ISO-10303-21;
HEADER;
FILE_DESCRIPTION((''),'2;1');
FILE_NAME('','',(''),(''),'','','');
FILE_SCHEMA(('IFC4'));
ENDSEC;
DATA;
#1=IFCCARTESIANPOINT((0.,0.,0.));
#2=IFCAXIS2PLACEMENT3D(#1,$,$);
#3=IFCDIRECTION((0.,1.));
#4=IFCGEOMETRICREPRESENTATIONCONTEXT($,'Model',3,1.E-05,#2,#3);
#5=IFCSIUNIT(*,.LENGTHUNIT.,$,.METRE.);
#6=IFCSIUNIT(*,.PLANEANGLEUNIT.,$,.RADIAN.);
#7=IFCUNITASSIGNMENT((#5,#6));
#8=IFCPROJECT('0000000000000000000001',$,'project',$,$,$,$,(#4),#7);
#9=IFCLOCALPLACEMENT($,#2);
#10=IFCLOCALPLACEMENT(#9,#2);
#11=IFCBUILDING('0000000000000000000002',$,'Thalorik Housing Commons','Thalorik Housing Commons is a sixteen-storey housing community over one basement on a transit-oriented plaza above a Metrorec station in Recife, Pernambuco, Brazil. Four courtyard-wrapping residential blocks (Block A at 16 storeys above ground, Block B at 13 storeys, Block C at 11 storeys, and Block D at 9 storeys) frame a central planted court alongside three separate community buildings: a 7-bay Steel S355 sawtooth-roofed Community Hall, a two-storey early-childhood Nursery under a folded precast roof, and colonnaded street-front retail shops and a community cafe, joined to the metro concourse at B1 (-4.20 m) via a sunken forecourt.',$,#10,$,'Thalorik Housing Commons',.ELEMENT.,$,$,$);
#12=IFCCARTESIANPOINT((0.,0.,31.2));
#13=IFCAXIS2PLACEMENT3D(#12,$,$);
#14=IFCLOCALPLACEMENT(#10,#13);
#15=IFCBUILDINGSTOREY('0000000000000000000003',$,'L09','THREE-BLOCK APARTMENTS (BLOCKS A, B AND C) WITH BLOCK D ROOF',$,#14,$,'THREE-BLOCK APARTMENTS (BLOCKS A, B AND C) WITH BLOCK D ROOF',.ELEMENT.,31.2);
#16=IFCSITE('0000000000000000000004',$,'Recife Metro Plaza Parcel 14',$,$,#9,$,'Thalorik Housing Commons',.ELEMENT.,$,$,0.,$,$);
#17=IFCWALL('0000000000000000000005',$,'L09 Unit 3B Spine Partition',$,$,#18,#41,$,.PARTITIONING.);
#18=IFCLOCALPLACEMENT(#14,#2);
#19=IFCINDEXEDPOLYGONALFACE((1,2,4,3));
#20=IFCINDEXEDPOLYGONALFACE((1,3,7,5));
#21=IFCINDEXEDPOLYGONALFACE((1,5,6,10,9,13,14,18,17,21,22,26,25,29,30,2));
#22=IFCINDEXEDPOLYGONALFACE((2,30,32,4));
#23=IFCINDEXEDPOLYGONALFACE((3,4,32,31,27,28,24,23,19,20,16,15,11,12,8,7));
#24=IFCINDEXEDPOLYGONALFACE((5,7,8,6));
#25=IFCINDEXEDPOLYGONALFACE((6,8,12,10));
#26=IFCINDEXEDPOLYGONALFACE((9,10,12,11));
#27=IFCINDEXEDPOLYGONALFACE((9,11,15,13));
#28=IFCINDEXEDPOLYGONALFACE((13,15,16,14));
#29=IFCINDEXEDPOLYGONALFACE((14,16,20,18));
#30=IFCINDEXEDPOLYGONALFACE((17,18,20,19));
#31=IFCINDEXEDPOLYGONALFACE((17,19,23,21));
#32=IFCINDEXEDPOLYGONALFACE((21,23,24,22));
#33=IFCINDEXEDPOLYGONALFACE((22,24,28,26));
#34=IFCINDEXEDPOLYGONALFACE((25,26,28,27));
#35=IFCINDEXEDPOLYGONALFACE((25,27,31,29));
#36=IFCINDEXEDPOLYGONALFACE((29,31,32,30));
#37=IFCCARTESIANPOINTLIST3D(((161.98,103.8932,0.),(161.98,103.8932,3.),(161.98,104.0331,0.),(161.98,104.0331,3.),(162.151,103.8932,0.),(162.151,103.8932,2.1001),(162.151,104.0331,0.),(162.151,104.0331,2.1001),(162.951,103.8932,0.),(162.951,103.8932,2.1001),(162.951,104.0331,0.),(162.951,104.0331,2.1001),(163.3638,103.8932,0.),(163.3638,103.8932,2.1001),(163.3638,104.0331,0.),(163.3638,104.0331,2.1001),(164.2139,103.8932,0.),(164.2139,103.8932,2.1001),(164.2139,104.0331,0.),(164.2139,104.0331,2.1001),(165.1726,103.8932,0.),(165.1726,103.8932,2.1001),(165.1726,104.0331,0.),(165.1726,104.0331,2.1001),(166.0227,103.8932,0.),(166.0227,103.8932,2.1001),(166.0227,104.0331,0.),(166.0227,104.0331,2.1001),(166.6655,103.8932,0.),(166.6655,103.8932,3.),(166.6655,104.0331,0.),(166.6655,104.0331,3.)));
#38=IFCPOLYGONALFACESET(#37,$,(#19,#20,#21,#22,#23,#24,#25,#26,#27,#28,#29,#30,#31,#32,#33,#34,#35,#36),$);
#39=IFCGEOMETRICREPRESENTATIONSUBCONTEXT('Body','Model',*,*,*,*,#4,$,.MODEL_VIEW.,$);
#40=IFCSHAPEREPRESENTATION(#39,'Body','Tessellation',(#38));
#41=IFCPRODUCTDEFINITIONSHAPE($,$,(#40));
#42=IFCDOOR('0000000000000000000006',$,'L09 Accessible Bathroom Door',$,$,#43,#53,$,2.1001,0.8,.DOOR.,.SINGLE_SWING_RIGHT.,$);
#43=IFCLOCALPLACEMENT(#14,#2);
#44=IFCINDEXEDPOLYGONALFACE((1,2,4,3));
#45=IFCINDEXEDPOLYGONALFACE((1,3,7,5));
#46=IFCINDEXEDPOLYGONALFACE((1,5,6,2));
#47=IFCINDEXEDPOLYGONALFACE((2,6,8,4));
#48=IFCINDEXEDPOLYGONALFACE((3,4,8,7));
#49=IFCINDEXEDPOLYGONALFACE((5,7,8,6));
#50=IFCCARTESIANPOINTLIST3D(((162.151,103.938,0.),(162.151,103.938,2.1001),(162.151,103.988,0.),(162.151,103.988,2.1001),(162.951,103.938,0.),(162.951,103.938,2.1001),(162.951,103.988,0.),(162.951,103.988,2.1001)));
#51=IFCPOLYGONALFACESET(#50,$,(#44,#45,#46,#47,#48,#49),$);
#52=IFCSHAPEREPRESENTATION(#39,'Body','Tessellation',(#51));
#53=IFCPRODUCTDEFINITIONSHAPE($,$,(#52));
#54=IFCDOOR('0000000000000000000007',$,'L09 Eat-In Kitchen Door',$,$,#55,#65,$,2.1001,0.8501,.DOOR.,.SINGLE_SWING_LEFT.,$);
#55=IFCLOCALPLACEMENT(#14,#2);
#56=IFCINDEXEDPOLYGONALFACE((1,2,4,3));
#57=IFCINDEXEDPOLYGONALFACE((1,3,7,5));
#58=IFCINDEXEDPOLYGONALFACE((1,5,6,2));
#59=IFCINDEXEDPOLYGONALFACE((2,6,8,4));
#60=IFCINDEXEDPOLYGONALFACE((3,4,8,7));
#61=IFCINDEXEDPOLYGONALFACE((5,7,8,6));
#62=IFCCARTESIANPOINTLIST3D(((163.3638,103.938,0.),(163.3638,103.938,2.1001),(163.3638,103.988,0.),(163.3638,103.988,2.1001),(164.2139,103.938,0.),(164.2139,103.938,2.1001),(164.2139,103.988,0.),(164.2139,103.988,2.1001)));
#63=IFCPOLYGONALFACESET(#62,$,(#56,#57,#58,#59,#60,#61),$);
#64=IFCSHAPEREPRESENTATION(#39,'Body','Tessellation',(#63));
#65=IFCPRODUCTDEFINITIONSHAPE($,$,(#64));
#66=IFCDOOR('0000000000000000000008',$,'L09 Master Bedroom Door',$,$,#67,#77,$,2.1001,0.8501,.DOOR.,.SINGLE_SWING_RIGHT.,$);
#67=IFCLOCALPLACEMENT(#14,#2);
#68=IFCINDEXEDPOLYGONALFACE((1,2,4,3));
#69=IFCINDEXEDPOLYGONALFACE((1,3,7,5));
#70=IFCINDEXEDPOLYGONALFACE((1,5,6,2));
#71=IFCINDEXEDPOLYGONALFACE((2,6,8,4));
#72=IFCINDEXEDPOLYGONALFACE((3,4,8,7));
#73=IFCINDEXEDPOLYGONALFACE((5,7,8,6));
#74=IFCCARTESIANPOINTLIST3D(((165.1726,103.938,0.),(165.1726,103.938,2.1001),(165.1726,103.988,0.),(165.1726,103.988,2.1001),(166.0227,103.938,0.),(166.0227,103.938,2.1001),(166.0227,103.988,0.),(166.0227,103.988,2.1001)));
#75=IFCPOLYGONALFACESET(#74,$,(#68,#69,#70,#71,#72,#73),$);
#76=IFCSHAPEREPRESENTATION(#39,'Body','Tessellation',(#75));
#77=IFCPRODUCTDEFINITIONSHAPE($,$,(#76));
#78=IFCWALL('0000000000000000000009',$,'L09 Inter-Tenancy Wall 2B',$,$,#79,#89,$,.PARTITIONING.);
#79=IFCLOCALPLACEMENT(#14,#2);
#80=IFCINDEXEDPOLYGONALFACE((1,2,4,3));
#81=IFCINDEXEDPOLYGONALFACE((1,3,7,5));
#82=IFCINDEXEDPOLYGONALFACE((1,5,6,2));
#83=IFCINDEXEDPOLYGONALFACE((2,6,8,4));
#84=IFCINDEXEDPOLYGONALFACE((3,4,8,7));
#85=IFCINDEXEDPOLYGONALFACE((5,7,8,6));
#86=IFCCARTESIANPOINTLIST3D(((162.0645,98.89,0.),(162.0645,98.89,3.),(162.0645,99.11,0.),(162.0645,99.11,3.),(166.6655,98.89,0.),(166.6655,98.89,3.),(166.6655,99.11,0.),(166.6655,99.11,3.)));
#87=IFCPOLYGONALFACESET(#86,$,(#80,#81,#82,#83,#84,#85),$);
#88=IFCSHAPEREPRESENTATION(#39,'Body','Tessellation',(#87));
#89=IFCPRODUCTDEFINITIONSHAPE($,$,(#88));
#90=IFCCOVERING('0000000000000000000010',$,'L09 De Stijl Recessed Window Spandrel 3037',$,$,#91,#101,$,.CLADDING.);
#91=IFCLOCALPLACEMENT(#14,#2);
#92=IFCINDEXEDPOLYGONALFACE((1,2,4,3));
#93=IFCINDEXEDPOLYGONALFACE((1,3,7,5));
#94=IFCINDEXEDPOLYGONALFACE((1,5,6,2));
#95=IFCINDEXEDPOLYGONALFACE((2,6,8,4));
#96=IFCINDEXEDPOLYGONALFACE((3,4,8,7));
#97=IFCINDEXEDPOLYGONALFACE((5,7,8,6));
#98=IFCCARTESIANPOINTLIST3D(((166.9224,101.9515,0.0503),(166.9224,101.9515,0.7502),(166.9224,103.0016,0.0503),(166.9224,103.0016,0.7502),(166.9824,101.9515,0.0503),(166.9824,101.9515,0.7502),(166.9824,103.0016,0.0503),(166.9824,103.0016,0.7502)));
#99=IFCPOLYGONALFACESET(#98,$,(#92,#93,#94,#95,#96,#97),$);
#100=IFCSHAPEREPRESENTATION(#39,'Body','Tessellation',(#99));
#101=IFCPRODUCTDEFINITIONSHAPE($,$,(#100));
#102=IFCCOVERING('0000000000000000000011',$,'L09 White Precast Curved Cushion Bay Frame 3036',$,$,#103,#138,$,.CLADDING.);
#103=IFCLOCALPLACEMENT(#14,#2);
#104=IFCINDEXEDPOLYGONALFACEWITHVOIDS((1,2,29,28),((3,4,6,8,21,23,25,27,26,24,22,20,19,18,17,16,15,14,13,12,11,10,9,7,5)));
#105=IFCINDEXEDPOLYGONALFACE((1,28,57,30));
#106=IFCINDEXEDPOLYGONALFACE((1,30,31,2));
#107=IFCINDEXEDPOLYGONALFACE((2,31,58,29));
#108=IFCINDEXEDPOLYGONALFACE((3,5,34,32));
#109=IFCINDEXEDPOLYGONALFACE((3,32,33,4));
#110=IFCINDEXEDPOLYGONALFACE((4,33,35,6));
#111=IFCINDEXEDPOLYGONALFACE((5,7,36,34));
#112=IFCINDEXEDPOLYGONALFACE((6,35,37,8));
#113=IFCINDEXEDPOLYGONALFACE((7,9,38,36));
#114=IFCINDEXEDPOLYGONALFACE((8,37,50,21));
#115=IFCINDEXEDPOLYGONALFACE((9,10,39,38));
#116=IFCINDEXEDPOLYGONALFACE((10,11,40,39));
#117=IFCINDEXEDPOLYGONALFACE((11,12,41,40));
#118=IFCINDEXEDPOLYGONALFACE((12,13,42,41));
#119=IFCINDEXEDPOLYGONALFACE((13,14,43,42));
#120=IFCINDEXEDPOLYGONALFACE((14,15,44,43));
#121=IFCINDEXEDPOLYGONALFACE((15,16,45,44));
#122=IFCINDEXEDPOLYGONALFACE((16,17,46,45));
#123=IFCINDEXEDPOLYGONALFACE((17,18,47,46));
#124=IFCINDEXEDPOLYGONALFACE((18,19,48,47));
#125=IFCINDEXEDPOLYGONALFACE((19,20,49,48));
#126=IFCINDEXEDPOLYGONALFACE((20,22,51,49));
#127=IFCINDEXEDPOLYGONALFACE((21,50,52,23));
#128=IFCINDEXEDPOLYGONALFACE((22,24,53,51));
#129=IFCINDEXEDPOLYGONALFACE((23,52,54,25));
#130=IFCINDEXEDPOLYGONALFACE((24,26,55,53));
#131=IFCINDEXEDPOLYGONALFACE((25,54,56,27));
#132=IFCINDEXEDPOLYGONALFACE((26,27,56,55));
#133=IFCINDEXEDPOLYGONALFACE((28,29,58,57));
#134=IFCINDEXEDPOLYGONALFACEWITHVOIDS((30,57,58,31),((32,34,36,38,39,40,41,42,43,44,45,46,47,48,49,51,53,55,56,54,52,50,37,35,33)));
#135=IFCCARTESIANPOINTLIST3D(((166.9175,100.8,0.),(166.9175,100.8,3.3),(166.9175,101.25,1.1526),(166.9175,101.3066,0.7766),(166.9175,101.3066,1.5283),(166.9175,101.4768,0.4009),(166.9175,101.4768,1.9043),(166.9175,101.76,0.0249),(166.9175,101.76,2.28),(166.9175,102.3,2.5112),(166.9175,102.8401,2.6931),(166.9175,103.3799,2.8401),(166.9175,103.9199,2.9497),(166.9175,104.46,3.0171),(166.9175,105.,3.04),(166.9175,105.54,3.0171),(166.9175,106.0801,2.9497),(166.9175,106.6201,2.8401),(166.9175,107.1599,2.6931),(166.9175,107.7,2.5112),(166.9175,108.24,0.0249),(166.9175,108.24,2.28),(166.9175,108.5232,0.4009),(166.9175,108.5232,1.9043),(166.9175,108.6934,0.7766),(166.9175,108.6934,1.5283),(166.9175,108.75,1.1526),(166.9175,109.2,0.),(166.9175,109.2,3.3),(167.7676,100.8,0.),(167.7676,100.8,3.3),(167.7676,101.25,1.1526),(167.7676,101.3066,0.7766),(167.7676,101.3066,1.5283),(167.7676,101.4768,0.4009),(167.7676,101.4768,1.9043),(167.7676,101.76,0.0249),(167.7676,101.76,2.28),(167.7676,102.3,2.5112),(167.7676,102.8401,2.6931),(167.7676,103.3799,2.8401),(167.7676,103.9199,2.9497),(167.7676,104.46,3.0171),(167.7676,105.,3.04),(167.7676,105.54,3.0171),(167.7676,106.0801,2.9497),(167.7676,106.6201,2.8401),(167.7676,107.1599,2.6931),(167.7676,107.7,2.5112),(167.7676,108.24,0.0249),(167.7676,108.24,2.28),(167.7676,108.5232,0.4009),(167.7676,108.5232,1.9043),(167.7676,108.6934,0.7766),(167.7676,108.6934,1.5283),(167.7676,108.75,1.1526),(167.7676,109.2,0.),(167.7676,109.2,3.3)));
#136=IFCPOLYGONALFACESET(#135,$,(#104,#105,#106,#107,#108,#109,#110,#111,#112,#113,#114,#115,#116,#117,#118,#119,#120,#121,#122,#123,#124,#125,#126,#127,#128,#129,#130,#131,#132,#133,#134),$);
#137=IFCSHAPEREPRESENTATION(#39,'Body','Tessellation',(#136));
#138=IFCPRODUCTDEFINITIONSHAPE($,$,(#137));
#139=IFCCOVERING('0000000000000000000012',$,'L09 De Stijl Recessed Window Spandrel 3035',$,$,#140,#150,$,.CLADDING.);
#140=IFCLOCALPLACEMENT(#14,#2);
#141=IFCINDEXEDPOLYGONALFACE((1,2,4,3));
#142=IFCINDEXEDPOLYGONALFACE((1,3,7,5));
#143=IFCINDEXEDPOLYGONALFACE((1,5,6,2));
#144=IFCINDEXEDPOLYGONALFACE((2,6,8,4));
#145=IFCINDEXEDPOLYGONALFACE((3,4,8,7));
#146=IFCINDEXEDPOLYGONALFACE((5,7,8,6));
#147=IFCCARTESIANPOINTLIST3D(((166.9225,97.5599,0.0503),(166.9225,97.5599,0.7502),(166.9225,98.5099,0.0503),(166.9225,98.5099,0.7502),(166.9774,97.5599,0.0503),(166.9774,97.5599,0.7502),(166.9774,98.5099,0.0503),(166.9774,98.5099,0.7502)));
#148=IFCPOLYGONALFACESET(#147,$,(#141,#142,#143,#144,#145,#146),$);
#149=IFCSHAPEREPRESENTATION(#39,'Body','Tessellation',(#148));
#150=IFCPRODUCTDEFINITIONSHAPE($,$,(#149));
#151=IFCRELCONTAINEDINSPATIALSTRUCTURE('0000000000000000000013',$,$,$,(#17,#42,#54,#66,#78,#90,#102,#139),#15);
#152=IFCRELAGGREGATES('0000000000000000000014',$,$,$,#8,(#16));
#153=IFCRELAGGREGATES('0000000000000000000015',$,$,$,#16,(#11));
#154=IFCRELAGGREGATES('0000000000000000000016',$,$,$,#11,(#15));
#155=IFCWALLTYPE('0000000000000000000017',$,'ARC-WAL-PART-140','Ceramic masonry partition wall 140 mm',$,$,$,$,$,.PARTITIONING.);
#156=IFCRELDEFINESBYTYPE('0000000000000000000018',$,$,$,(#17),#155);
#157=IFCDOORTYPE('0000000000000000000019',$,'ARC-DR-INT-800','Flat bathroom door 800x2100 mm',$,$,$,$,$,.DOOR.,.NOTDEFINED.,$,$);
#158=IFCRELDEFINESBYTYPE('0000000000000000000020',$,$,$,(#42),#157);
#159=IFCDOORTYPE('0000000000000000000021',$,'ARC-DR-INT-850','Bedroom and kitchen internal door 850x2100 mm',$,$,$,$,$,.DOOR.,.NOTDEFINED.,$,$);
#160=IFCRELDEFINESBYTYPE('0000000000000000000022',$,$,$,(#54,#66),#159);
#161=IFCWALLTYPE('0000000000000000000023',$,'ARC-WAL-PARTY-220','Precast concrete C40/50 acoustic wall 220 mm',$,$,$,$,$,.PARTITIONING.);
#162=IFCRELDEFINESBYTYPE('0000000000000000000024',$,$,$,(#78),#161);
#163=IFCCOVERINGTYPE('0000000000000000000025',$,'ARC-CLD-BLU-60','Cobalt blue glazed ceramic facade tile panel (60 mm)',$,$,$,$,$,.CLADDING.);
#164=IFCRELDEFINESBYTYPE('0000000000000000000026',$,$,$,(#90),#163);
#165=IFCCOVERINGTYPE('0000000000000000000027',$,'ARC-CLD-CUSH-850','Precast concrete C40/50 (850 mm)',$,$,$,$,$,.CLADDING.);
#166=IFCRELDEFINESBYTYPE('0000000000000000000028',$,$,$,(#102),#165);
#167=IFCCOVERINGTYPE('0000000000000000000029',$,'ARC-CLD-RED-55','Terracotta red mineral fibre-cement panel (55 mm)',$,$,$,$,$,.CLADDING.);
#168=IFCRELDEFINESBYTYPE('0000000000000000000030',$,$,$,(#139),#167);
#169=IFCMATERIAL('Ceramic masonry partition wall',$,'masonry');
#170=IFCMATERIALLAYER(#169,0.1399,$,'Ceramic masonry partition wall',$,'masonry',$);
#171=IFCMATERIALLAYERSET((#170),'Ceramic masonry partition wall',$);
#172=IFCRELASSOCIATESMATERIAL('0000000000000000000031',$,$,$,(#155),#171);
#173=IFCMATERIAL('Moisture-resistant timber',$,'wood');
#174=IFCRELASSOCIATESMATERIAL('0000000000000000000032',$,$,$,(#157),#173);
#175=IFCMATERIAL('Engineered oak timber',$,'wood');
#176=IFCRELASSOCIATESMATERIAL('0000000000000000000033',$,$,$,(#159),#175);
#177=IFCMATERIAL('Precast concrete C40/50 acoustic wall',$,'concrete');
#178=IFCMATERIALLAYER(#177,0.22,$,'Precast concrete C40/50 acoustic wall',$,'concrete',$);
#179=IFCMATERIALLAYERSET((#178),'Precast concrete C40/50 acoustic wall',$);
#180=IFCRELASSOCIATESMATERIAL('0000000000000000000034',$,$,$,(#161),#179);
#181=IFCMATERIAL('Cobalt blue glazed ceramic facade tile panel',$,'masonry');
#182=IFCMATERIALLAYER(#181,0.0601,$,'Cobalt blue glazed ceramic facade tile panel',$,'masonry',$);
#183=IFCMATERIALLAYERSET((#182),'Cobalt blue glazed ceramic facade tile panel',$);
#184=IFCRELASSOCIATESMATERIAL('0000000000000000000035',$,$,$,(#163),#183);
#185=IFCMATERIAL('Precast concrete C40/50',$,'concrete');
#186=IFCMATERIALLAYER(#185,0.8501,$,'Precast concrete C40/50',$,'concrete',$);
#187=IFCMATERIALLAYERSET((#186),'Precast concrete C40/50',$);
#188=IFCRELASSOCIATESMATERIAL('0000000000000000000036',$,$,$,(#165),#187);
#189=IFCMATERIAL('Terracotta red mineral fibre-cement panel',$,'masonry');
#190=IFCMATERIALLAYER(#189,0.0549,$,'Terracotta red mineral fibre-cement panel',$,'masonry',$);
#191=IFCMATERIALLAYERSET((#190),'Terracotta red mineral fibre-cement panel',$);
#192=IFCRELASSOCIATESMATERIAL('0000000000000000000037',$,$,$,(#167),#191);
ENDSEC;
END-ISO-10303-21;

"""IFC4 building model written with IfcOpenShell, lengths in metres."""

from ifc_helpers import new_model, si_unit, direction, frame, frame_2d, origin, origin_2d, place, context, subcontext, project, spatial, polyline, rectangle, outline, extrude, material, layer, layer_set, type_object, element, fill, save


model = new_model("IFC4")

# Units and contexts
model_context = context("Model", 3, precision=1e-05, world=origin(), true_north=direction((0.0, 1.0)))
body_context = subcontext(model_context, "Body", "Model", "MODEL_VIEW")
ifc_project = project(units=[si_unit("LENGTHUNIT", "METRE"), si_unit("PLANEANGLEUNIT", "RADIAN")], contexts=[model_context])

# Site, building, storey
site_placement = place(None, origin())
site = spatial("IfcSite", under=ifc_project, at=site_placement, Name="Recife Metro Plaza Parcel 14", LongName="Thalorik Housing Commons", CompositionType="ELEMENT", RefElevation=0.0)
building_placement = place(site_placement, origin())
building = spatial("IfcBuilding", under=site, at=building_placement, Name="Thalorik Housing Commons", Description="Thalorik Housing Commons is a sixteen-storey housing community over one basement on a transit-oriented plaza above a Metrorec station in Recife, Pernambuco, Brazil. Four courtyard-wrapping residential blocks (Block A at 16 storeys above ground, Block B at 13 storeys, Block C at 11 storeys, and Block D at 9 storeys) frame a central planted court alongside three separate community buildings: a 7-bay Steel S355 sawtooth-roofed Community Hall, a two-storey early-childhood Nursery under a folded precast roof, and colonnaded street-front retail shops and a community cafe, joined to the metro concourse at B1 (-4.20 m) via a sunken forecourt.", LongName="Thalorik Housing Commons", CompositionType="ELEMENT")
storey_placement = place(building_placement, frame((0.0, 0.0, 31.2)))
storey = spatial("IfcBuildingStorey", under=building, at=storey_placement, Name="L09", Description="THREE-BLOCK APARTMENTS (BLOCKS A, B AND C) WITH BLOCK D ROOF", LongName="THREE-BLOCK APARTMENTS (BLOCKS A, B AND C) WITH BLOCK D ROOF", CompositionType="ELEMENT", Elevation=31.2)

# Shared definitions
ifc_material_1 = material(Name="Precast concrete C40/50", Category="concrete")

# Wall, openings, doors
ifc_material_2 = material(Name="Ceramic masonry partition wall", Category="masonry")
ifc_layer_1 = layer(ifc_material_2, 0.1399, Name="Ceramic masonry partition wall", Category="masonry")
ifc_layer_set_1 = layer_set([ifc_layer_1], Name="Ceramic masonry partition wall")
wall_type_1 = type_object("IfcWallType", Name="ARC-WAL-PART-140", Description="Ceramic masonry partition wall 140 mm", PredefinedType="PARTITIONING", material=ifc_layer_set_1)
wall_1_placement = place(storey_placement, frame((161.98, 103.9631, 0.0), z_axis=(0.0, 0.0, 1.0), x_axis=(1.0, 0.0, 0.0)))
wall_1 = element("IfcWall", 1, at=wall_1_placement, inside=storey, type_object=wall_type_1, Name="L09 Unit 3B Spine Partition", PredefinedType="PARTITIONING", context=body_context, shape_type="SweptSolid", body=[
    extrude(rectangle(XDim=4.6855, YDim=0.1399, at=frame_2d((2.3428, 0.0))), origin(), (0.0, 0.0, 1.0), 3.0),
])
opening_1_placement = place(wall_1_placement, frame((0.1711, 0.0, 0.0)))
opening_1 = element("IfcOpeningElement", 2, at=opening_1_placement, cuts=wall_1, PredefinedType="OPENING", context=body_context, shape_type="SweptSolid", body=[
    extrude(rectangle(XDim=0.8, YDim=2.1001, at=frame_2d((0.3999, 1.05))), frame((0.0, 0.0801, 0.0), z_axis=(0.0, -1.0, 0.0), x_axis=(1.0, 0.0, 0.0)), (0.0, 0.0, 1.0), 0.1599),
])
opening_2_placement = place(wall_1_placement, frame((1.3838, 0.0, 0.0)))
opening_2 = element("IfcOpeningElement", 3, at=opening_2_placement, cuts=wall_1, PredefinedType="OPENING", context=body_context, shape_type="SweptSolid", body=[
    extrude(rectangle(XDim=0.8501, YDim=2.1001, at=frame_2d((0.425, 1.05))), frame((0.0, 0.0801, 0.0), z_axis=(0.0, -1.0, 0.0), x_axis=(1.0, 0.0, 0.0)), (0.0, 0.0, 1.0), 0.1599),
])
opening_3_placement = place(wall_1_placement, frame((3.1926, 0.0, 0.0)))
opening_3 = element("IfcOpeningElement", 4, at=opening_3_placement, cuts=wall_1, PredefinedType="OPENING", context=body_context, shape_type="SweptSolid", body=[
    extrude(rectangle(XDim=0.8501, YDim=2.1001, at=frame_2d((0.425, 1.05))), frame((0.0, 0.0801, 0.0), z_axis=(0.0, -1.0, 0.0), x_axis=(1.0, 0.0, 0.0)), (0.0, 0.0, 1.0), 0.1599),
])
ifc_material_3 = material(Name="Moisture-resistant timber", Category="wood")
door_type_1 = type_object("IfcDoorType", Name="ARC-DR-INT-800", Description="Flat bathroom door 800x2100 mm", OperationType="NOTDEFINED", PredefinedType="DOOR", material=ifc_material_3)
door_1_placement = place(opening_1_placement, origin())
door_1 = element("IfcDoor", 5, at=door_1_placement, inside=storey, type_object=door_type_1, Name="L09 Accessible Bathroom Door", OperationType="SINGLE_SWING_RIGHT", OverallHeight=2.1001, OverallWidth=0.8, PredefinedType="DOOR", context=body_context, shape_type="SweptSolid", body=[
    extrude(rectangle(XDim=0.8, YDim=2.1001, at=frame_2d((0.3999, 1.05))), frame((0.0, 0.0249, 0.0), z_axis=(0.0, -1.0, 0.0), x_axis=(1.0, 0.0, 0.0)), (0.0, 0.0, 1.0), 0.05),
])
fill(opening_1, door_1)
ifc_material_4 = material(Name="Engineered oak timber", Category="wood")
door_type_2 = type_object("IfcDoorType", Name="ARC-DR-INT-850", Description="Bedroom and kitchen internal door 850x2100 mm", OperationType="NOTDEFINED", PredefinedType="DOOR", material=ifc_material_4)
door_2_placement = place(opening_2_placement, origin())
door_2 = element("IfcDoor", 6, at=door_2_placement, inside=storey, type_object=door_type_2, Name="L09 Eat-In Kitchen Door", OperationType="SINGLE_SWING_LEFT", OverallHeight=2.1001, OverallWidth=0.8501, PredefinedType="DOOR", context=body_context, shape_type="SweptSolid", body=[
    extrude(rectangle(XDim=0.8501, YDim=2.1001, at=frame_2d((0.425, 1.05))), frame((0.0, 0.0249, 0.0), z_axis=(0.0, -1.0, 0.0), x_axis=(1.0, 0.0, 0.0)), (0.0, 0.0, 1.0), 0.05),
])
fill(opening_2, door_2)
door_3_placement = place(opening_3_placement, origin())
door_3 = element("IfcDoor", 7, at=door_3_placement, inside=storey, type_object=door_type_2, Name="L09 Master Bedroom Door", OperationType="SINGLE_SWING_RIGHT", OverallHeight=2.1001, OverallWidth=0.8501, PredefinedType="DOOR", context=body_context, shape_type="SweptSolid", body=[
    extrude(rectangle(XDim=0.8501, YDim=2.1001, at=frame_2d((0.425, 1.05))), frame((0.0, 0.0249, 0.0), z_axis=(0.0, -1.0, 0.0), x_axis=(1.0, 0.0, 0.0)), (0.0, 0.0, 1.0), 0.05),
])
fill(opening_3, door_3)

# Wall
ifc_material_5 = material(Name="Precast concrete C40/50 acoustic wall", Category="concrete")
ifc_layer_2 = layer(ifc_material_5, 0.22, Name="Precast concrete C40/50 acoustic wall", Category="concrete")
ifc_layer_set_2 = layer_set([ifc_layer_2], Name="Precast concrete C40/50 acoustic wall")
wall_type_2 = type_object("IfcWallType", Name="ARC-WAL-PARTY-220", Description="Precast concrete C40/50 acoustic wall 220 mm", PredefinedType="PARTITIONING", material=ifc_layer_set_2)
wall_2_placement = place(storey_placement, frame((162.0645, 99.0, 0.0), z_axis=(0.0, 0.0, 1.0), x_axis=(1.0, 0.0, 0.0)))
element("IfcWall", 8, at=wall_2_placement, inside=storey, type_object=wall_type_2, Name="L09 Inter-Tenancy Wall 2B", PredefinedType="PARTITIONING", context=body_context, shape_type="SweptSolid", body=[
    extrude(rectangle(XDim=4.6011, YDim=0.22, at=frame_2d((2.3005, 0.0))), origin(), (0.0, 0.0, 1.0), 3.0),
])

# Coverings
ifc_material_6 = material(Name="Cobalt blue glazed ceramic facade tile panel", Category="masonry")
ifc_layer_3 = layer(ifc_material_6, 0.0601, Name="Cobalt blue glazed ceramic facade tile panel", Category="masonry")
ifc_layer_set_3 = layer_set([ifc_layer_3], Name="Cobalt blue glazed ceramic facade tile panel")
covering_type_1 = type_object("IfcCoveringType", Name="ARC-CLD-BLU-60", Description="Cobalt blue glazed ceramic facade tile panel (60 mm)", PredefinedType="CLADDING", material=ifc_layer_set_3)
covering_1_placement = place(storey_placement, frame((166.9524, 102.4766, 0.0503), z_axis=(0.0, 0.0, 1.0), x_axis=(0.0, 1.0, 0.0)))
element("IfcCovering", 9, at=covering_1_placement, inside=storey, type_object=covering_type_1, Name="L09 De Stijl Recessed Window Spandrel 3037", PredefinedType="CLADDING", context=body_context, shape_type="SweptSolid", body=[
    extrude(rectangle(XDim=1.05, YDim=0.0601, at=origin_2d()), origin(), (0.0, 0.0, 1.0), 0.7),
])
ifc_layer_4 = layer(ifc_material_1, 0.8501, Name="Precast concrete C40/50", Category="concrete")
ifc_layer_set_4 = layer_set([ifc_layer_4], Name="Precast concrete C40/50")
covering_type_2 = type_object("IfcCoveringType", Name="ARC-CLD-CUSH-850", Description="Precast concrete C40/50 (850 mm)", PredefinedType="CLADDING", material=ifc_layer_set_4)
covering_2_placement = place(storey_placement, frame((167.3425, 105.0, 0.0), z_axis=(0.0, 0.0, 1.0), x_axis=(0.0, 1.0, 0.0)))
element("IfcCovering", 10, at=covering_2_placement, inside=storey, type_object=covering_type_2, Name="L09 White Precast Curved Cushion Bay Frame 3036", PredefinedType="CLADDING", context=body_context, shape_type="SweptSolid", body=[
    extrude(outline(polyline([(-4.2, 0.0), (4.2, 0.0), (4.2, 3.3), (-4.2, 3.3), (-4.2, 0.0)]), holes=[polyline([(3.24, 0.0249), (3.5232, 0.4009), (3.6934, 0.7766), (3.75, 1.1526), (3.6934, 1.5283), (3.5232, 1.9043), (3.24, 2.28), (2.7, 2.5112), (2.1599, 2.6931), (1.6201, 2.8401), (1.0801, 2.9497), (0.54, 3.0171), (0.0, 3.04), (-0.54, 3.0171), (-1.0801, 2.9497), (-1.6201, 2.8401), (-2.1599, 2.6931), (-2.7, 2.5112), (-3.24, 2.28), (-3.5232, 1.9043), (-3.6934, 1.5283), (-3.75, 1.1526), (-3.6934, 0.7766), (-3.5232, 0.4009), (-3.24, 0.0249), (3.24, 0.0249)])]), frame((0.0, 0.425, 0.0), z_axis=(0.0, -1.0, 0.0), x_axis=(1.0, 0.0, 0.0)), (0.0, 0.0, 1.0), 0.8501),
])
ifc_material_7 = material(Name="Terracotta red mineral fibre-cement panel", Category="masonry")
ifc_layer_5 = layer(ifc_material_7, 0.0549, Name="Terracotta red mineral fibre-cement panel", Category="masonry")
ifc_layer_set_5 = layer_set([ifc_layer_5], Name="Terracotta red mineral fibre-cement panel")
covering_type_3 = type_object("IfcCoveringType", Name="ARC-CLD-RED-55", Description="Terracotta red mineral fibre-cement panel (55 mm)", PredefinedType="CLADDING", material=ifc_layer_set_5)
covering_3_placement = place(storey_placement, frame((166.95, 98.0349, 0.0503), z_axis=(0.0, 0.0, 1.0), x_axis=(0.0, 1.0, 0.0)))
element("IfcCovering", 11, at=covering_3_placement, inside=storey, type_object=covering_type_3, Name="L09 De Stijl Recessed Window Spandrel 3035", PredefinedType="CLADDING", context=body_context, shape_type="SweptSolid", body=[
    extrude(rectangle(XDim=0.95, YDim=0.0549, at=origin_2d()), origin(), (0.0, 0.0, 1.0), 0.7),
])

save(model, "model.ifc")
